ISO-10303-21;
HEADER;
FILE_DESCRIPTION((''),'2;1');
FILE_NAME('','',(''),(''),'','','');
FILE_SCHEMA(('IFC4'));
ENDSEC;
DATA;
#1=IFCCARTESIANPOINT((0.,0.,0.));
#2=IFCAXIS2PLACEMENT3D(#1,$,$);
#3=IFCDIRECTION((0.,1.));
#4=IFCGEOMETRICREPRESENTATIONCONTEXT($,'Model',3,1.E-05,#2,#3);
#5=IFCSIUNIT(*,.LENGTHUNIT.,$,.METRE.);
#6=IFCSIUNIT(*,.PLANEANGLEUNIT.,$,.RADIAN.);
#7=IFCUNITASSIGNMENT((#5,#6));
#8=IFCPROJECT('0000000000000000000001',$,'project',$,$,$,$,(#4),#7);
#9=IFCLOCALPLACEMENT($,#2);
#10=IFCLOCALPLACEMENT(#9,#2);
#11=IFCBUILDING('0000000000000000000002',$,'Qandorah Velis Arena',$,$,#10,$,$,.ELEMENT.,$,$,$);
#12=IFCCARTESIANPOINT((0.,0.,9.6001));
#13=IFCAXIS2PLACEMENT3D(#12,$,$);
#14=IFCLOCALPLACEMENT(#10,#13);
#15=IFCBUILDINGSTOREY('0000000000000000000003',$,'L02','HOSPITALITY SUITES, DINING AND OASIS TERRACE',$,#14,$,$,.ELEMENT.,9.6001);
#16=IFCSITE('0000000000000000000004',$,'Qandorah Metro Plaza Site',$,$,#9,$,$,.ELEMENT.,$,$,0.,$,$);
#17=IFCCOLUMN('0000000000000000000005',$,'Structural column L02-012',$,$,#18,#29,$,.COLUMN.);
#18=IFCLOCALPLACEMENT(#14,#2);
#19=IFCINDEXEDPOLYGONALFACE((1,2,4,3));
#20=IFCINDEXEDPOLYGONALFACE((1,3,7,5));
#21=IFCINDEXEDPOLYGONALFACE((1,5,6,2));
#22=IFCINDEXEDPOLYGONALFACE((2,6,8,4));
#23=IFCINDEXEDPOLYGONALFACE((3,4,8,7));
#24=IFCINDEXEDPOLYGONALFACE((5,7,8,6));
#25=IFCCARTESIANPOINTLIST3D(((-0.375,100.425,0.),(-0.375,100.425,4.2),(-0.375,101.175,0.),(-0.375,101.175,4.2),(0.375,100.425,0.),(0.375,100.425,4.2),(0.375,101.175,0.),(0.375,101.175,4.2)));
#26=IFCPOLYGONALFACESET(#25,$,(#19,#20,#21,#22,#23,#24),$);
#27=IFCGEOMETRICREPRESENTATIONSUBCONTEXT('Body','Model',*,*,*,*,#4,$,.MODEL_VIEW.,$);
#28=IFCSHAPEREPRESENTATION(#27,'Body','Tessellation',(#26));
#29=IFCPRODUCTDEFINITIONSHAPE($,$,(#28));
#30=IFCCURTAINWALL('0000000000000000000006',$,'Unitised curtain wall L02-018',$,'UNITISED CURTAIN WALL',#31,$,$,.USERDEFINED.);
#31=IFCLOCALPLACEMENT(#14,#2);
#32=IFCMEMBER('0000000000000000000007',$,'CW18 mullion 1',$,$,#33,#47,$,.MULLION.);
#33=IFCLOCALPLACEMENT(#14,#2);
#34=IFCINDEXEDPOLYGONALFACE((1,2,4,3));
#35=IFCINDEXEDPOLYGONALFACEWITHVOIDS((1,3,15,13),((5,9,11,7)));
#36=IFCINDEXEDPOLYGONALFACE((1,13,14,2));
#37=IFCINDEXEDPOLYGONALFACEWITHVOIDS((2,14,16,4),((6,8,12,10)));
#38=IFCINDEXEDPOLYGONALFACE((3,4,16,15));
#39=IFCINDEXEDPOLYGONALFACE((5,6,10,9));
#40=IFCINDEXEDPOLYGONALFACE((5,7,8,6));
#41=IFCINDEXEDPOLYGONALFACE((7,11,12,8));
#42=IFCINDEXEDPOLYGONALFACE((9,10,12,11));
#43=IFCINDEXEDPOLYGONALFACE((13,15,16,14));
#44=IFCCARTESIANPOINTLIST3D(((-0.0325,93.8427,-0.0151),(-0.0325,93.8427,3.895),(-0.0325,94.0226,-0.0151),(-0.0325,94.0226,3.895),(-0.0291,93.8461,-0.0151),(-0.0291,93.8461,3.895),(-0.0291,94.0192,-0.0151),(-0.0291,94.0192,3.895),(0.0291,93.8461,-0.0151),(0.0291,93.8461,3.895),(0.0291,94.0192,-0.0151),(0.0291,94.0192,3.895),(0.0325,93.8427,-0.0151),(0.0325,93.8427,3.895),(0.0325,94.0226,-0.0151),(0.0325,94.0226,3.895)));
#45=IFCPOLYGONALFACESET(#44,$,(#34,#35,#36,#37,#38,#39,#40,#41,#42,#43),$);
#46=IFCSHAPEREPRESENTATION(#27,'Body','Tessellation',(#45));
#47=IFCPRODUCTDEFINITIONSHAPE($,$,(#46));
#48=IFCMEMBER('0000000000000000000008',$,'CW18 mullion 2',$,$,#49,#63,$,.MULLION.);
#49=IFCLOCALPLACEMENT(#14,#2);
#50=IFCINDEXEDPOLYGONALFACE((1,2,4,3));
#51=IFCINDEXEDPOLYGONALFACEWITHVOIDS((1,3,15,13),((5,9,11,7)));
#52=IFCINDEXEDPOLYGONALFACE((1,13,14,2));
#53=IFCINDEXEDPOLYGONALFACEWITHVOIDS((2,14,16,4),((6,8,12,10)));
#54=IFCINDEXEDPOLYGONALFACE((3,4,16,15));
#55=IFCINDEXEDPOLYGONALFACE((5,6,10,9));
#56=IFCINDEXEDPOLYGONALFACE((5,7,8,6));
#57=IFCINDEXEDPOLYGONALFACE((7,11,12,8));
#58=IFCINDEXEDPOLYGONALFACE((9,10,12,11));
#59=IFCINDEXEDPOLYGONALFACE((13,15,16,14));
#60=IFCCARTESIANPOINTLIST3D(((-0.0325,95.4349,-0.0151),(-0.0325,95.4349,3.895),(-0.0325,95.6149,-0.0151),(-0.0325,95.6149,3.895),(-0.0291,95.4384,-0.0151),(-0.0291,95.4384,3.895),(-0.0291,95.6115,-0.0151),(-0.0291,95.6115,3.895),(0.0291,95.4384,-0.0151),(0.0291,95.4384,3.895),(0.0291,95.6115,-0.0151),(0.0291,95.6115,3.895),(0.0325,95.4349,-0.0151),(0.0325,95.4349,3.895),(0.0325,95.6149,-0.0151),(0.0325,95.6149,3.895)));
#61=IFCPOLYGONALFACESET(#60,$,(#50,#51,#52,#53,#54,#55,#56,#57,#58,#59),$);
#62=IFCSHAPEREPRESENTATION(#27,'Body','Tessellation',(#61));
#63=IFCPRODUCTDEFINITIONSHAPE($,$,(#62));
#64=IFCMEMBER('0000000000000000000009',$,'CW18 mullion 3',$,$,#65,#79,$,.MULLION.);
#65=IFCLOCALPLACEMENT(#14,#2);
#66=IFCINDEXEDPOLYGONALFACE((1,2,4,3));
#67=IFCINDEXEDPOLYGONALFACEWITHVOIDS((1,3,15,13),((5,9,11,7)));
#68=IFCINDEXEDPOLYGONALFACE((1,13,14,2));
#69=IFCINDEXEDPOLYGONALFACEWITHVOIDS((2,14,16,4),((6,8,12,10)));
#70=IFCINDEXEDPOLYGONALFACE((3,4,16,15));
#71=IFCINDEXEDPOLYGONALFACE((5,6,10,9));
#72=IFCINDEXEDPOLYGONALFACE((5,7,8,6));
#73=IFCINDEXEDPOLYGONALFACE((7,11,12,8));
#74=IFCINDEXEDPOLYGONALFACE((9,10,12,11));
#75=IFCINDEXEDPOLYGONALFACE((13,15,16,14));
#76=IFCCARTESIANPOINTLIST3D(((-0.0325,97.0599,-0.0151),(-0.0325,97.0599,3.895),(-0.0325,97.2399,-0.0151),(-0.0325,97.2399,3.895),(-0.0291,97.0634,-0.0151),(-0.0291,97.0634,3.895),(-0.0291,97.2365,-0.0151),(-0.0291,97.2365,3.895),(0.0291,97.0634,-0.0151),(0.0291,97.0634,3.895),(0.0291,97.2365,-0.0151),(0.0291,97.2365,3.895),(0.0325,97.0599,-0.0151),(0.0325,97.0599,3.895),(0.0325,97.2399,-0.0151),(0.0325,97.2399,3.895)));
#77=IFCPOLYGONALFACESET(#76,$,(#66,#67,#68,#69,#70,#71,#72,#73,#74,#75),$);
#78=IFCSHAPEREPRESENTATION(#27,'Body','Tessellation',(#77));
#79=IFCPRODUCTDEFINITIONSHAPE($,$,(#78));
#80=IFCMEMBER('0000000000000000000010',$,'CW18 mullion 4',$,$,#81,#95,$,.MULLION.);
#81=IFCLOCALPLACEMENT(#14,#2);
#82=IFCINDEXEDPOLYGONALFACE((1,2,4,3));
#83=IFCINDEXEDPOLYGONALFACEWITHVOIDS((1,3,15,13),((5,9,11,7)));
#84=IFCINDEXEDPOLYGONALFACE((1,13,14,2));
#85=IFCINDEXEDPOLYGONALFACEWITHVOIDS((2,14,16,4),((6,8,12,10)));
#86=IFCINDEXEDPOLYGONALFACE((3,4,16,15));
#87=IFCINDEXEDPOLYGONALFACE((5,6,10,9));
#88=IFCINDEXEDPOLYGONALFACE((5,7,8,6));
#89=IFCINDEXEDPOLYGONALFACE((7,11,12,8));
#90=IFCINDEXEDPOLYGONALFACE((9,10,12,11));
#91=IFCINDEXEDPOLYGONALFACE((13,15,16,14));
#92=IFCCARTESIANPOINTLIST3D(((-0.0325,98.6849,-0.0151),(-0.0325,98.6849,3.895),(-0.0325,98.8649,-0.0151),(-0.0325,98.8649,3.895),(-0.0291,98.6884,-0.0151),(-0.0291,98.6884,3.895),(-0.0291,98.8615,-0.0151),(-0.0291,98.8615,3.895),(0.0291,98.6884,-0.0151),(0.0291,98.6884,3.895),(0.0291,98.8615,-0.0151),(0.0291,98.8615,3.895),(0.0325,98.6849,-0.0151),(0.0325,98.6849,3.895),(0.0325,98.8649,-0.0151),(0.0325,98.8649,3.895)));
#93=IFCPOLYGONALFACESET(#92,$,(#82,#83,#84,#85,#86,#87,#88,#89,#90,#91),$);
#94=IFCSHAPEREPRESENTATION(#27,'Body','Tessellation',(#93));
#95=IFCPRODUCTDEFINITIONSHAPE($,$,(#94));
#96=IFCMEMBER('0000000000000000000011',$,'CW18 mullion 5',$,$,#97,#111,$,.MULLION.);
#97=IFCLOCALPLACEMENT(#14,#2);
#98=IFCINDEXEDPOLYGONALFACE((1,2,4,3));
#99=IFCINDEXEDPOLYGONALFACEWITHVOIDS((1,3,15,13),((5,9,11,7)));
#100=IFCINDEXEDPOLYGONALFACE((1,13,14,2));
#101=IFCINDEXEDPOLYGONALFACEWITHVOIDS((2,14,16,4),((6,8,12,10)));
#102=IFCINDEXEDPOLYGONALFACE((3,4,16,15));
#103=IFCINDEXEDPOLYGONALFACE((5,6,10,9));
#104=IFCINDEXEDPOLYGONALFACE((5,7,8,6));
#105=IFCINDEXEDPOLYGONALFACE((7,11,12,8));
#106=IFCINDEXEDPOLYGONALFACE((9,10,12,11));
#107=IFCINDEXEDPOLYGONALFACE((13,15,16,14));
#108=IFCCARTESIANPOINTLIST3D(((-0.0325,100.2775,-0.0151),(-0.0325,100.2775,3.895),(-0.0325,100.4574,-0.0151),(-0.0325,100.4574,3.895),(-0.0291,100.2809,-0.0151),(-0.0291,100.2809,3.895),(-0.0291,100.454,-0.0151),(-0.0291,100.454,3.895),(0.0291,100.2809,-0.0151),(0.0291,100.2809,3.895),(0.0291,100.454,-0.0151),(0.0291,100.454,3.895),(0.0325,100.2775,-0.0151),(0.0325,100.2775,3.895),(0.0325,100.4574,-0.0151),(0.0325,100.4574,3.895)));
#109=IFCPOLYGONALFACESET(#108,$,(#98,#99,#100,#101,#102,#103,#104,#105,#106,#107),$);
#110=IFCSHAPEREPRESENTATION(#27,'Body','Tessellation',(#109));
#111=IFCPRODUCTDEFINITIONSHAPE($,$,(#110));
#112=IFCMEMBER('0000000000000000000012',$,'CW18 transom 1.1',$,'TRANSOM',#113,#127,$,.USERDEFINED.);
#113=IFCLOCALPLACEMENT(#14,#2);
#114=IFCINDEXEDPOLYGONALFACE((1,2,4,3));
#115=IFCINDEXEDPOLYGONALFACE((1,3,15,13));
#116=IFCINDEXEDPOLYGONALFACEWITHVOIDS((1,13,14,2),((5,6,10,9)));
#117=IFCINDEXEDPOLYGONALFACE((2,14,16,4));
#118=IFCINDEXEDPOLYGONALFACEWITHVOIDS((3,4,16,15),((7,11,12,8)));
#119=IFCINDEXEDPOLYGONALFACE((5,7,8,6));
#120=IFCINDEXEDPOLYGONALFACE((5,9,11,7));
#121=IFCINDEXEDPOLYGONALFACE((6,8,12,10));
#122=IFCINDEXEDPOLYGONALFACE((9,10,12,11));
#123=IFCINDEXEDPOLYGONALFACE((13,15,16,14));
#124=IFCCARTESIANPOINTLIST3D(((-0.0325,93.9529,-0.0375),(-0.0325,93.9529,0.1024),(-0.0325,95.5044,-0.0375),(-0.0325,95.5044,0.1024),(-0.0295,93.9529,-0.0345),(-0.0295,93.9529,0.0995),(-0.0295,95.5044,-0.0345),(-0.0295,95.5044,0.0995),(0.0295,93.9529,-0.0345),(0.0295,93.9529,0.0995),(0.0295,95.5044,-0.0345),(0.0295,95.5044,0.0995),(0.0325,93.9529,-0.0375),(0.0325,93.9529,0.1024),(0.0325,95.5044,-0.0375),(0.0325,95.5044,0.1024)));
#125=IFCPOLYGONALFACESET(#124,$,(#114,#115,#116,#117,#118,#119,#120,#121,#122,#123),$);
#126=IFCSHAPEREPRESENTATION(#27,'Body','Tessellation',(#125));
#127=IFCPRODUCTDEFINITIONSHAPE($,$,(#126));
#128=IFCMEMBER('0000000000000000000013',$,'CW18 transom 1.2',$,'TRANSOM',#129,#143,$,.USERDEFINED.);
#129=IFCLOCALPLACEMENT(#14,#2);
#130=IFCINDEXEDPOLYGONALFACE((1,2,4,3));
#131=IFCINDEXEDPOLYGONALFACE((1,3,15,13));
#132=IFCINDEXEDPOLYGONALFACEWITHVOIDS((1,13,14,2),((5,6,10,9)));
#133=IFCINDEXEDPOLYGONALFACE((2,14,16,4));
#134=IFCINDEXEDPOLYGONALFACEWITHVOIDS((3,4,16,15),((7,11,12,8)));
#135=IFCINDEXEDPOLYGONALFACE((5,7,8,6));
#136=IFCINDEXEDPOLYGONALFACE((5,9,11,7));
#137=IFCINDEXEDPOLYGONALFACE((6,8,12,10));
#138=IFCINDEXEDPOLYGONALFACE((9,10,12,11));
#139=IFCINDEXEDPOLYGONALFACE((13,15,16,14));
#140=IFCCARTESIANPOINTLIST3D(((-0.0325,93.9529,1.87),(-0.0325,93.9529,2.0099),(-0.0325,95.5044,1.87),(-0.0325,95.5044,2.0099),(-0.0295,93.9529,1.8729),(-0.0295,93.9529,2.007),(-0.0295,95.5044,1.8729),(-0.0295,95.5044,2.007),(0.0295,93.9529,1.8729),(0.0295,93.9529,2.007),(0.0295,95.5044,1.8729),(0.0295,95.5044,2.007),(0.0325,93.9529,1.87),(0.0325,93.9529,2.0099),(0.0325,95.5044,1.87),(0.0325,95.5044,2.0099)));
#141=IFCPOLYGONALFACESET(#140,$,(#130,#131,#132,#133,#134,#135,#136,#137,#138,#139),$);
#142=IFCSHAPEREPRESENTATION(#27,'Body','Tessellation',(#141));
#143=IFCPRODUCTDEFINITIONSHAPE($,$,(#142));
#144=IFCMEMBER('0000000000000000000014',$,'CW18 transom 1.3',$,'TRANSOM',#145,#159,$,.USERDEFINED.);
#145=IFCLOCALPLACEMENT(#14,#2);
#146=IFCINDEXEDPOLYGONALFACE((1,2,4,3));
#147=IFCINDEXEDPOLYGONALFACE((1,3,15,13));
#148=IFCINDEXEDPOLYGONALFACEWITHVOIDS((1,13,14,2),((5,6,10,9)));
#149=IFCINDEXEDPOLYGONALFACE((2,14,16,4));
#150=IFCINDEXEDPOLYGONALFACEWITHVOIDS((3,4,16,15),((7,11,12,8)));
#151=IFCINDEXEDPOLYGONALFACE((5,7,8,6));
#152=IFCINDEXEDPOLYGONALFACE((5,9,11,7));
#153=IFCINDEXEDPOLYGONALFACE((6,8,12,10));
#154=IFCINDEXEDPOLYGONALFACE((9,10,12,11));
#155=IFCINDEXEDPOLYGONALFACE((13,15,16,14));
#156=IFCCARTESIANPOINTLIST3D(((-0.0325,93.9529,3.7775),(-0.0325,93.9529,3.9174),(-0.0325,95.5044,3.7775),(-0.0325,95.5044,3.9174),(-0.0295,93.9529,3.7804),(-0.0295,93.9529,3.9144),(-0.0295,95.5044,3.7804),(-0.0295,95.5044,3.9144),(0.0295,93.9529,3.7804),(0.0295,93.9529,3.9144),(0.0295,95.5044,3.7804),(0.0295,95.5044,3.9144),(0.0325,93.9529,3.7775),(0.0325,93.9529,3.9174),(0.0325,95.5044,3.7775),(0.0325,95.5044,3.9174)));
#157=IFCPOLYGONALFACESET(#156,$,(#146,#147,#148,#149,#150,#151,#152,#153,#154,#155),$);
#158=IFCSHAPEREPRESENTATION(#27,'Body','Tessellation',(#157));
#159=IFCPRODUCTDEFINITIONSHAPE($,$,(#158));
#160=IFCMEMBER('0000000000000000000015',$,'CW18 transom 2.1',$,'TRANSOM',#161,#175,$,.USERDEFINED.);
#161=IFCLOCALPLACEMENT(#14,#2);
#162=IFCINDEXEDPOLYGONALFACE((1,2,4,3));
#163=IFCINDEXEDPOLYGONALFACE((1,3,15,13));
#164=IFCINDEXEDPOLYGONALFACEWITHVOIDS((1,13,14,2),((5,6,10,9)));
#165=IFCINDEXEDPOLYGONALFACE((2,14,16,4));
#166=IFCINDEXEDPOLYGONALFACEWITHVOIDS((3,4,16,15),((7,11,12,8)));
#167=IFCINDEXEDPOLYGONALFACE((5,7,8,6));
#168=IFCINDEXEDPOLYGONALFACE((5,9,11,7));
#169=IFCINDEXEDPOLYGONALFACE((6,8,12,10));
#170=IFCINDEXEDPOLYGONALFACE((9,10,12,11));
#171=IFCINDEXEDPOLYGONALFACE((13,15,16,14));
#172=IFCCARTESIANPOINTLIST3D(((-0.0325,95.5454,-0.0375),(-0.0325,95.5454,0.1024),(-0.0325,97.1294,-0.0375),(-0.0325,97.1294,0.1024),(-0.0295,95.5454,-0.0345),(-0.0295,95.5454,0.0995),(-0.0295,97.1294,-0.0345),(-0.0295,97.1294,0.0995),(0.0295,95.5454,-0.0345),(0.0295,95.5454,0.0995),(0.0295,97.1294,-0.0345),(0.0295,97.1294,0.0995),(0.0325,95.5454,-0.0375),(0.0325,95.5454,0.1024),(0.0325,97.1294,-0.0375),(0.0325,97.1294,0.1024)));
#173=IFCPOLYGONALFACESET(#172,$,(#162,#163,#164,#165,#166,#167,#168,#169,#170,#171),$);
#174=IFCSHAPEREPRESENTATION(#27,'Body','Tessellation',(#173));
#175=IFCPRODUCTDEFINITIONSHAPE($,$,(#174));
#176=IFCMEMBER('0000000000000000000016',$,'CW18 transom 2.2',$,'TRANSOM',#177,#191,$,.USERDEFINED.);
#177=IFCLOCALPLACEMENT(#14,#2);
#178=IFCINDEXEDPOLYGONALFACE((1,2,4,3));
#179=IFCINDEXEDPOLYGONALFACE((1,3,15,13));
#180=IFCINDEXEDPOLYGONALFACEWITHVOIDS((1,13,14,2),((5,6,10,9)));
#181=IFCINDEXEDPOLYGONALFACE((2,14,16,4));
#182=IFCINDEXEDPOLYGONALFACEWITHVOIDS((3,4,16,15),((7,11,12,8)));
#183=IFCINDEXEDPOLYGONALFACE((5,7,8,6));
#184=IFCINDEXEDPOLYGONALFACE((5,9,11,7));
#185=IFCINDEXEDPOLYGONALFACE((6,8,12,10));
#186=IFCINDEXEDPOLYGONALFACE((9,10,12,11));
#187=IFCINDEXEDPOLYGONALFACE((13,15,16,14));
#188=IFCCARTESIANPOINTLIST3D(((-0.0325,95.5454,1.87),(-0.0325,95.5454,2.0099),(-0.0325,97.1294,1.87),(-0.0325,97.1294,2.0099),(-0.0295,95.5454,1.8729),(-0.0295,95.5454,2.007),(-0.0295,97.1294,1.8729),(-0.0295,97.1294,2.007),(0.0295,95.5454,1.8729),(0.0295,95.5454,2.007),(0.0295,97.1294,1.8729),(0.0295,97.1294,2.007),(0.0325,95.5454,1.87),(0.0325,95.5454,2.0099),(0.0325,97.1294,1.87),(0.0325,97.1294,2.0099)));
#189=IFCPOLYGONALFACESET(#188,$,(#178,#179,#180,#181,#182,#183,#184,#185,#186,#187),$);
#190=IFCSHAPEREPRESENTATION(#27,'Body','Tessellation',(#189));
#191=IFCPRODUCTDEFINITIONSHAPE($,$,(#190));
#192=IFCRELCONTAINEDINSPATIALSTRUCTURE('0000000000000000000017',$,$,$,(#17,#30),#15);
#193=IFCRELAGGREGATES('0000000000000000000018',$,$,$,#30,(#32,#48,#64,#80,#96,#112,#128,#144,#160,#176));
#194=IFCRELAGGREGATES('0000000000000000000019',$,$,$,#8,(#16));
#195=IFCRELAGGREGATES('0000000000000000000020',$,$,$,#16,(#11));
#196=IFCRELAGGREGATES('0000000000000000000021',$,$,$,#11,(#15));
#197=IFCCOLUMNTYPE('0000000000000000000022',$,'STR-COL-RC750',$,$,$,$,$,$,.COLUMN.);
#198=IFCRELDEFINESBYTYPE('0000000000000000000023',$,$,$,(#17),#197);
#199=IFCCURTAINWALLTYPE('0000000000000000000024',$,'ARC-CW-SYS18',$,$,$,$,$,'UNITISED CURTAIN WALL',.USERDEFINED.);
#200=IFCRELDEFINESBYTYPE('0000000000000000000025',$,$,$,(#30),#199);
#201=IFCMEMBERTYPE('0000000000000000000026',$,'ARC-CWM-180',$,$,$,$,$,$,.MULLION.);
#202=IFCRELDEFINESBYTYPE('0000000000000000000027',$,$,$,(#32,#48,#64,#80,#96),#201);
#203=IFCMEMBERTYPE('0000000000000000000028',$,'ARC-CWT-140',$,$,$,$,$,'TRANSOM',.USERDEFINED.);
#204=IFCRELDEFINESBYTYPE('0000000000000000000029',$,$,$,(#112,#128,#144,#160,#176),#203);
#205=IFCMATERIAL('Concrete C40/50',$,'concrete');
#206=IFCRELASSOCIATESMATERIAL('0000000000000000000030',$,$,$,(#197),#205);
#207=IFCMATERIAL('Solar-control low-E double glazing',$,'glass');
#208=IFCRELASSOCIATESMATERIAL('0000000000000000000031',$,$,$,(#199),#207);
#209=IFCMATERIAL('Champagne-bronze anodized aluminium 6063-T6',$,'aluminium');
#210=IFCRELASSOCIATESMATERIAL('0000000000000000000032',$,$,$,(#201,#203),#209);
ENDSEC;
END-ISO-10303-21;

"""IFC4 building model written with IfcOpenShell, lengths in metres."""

from ifc_helpers import new_model, si_unit, direction, frame, origin, origin_2d, place, context, subcontext, project, spatial, rectangle, hollow_rectangle, extrude, material, material_profile, profile_set, type_object, element, aggregate, save


model = new_model("IFC4")

# Units and contexts
model_context = context("Model", 3, precision=1e-05, world=origin(), true_north=direction((0.0, 1.0)))
body_context = subcontext(model_context, "Body", "Model", "MODEL_VIEW")
ifc_project = project(units=[si_unit("LENGTHUNIT", "METRE"), si_unit("PLANEANGLEUNIT", "RADIAN")], contexts=[model_context])

# Site, building, storey
site_placement = place(None, origin())
site = spatial("IfcSite", under=ifc_project, at=site_placement, Name="Qandorah Metro Plaza Site", CompositionType="ELEMENT", RefElevation=0.0)
building_placement = place(site_placement, origin())
building = spatial("IfcBuilding", under=site, at=building_placement, Name="Qandorah Velis Arena", CompositionType="ELEMENT")
storey_placement = place(building_placement, frame((0.0, 0.0, 9.6001)))
storey = spatial("IfcBuildingStorey", under=building, at=storey_placement, Name="L02", Description="HOSPITALITY SUITES, DINING AND OASIS TERRACE", CompositionType="ELEMENT", Elevation=9.6001)

# Column
ifc_material_1 = material(Name="Concrete C40/50", Category="concrete")
ifc_material_profile_1 = material_profile(ifc_material_1, rectangle(XDim=0.75, YDim=0.75, at=origin_2d()), Name="RC COL 750x750")
ifc_profile_set_1 = profile_set([ifc_material_profile_1], Name="Concrete C40/50")
column_type = type_object("IfcColumnType", Name="STR-COL-RC750", PredefinedType="COLUMN", material=ifc_profile_set_1)
column_placement = place(storey_placement, frame((0.0, 100.8, 0.0), z_axis=(0.0, 0.0, 1.0), x_axis=(1.0, 0.0, 0.0)))
element("IfcColumn", 1, at=column_placement, inside=storey, type_object=column_type, Name="Structural column L02-012", PredefinedType="COLUMN", context=body_context, shape_type="SweptSolid", body=[
    extrude(rectangle(XDim=0.75, YDim=0.75, at=origin_2d()), origin(), (0.0, 0.0, 1.0), 4.2),
])

# Curtain wall, members
ifc_material_2 = material(Name="Solar-control low-E double glazing", Category="glass")
curtain_wall_type = type_object("IfcCurtainWallType", Name="ARC-CW-SYS18", ElementType="UNITISED CURTAIN WALL", PredefinedType="USERDEFINED", material=ifc_material_2)
curtain_wall_placement = place(storey_placement, origin())
curtain_wall = element("IfcCurtainWall", 2, at=curtain_wall_placement, inside=storey, type_object=curtain_wall_type, Name="Unitised curtain wall L02-018", ObjectType="UNITISED CURTAIN WALL", PredefinedType="USERDEFINED")
ifc_material_3 = material(Name="Champagne-bronze anodized aluminium 6063-T6", Category="aluminium")
ifc_material_profile_2 = material_profile(ifc_material_3, hollow_rectangle(XDim=0.0649, YDim=0.1799, WallThickness=0.0034, at=origin_2d()), Name="ALU MULLION 65x180")
ifc_profile_set_2 = profile_set([ifc_material_profile_2], Name="Champagne-bronze anodized aluminium 6063-T6")
member_type_1 = type_object("IfcMemberType", Name="ARC-CWM-180", PredefinedType="MULLION", material=ifc_profile_set_2)
member_1_placement = place(storey_placement, frame((0.0, 93.9326, -0.0151), z_axis=(0.0, 0.0, 1.0), x_axis=(-1.0, 0.0, 0.0)))
member_1 = element("IfcMember", 3, at=member_1_placement, type_object=member_type_1, Name="CW18 mullion 1", PredefinedType="MULLION", context=body_context, shape_type="SweptSolid", body=[
    extrude(hollow_rectangle(XDim=0.0649, YDim=0.1799, WallThickness=0.0034, at=origin_2d()), origin(), (0.0, 0.0, 1.0), 3.9102),
])
member_2_placement = place(storey_placement, frame((0.0, 95.5249, -0.0151), z_axis=(0.0, 0.0, 1.0), x_axis=(-1.0, 0.0, 0.0)))
member_2 = element("IfcMember", 4, at=member_2_placement, type_object=member_type_1, Name="CW18 mullion 2", PredefinedType="MULLION", context=body_context, shape_type="SweptSolid", body=[
    extrude(hollow_rectangle(XDim=0.0649, YDim=0.1799, WallThickness=0.0034, at=origin_2d()), origin(), (0.0, 0.0, 1.0), 3.9102),
])
member_3_placement = place(storey_placement, frame((0.0, 97.1499, -0.0151), z_axis=(0.0, 0.0, 1.0), x_axis=(-1.0, 0.0, 0.0)))
member_3 = element("IfcMember", 5, at=member_3_placement, type_object=member_type_1, Name="CW18 mullion 3", PredefinedType="MULLION", context=body_context, shape_type="SweptSolid", body=[
    extrude(hollow_rectangle(XDim=0.0649, YDim=0.1799, WallThickness=0.0034, at=origin_2d()), origin(), (0.0, 0.0, 1.0), 3.9102),
])
member_4_placement = place(storey_placement, frame((0.0, 98.7749, -0.0151), z_axis=(0.0, 0.0, 1.0), x_axis=(-1.0, 0.0, 0.0)))
member_4 = element("IfcMember", 6, at=member_4_placement, type_object=member_type_1, Name="CW18 mullion 4", PredefinedType="MULLION", context=body_context, shape_type="SweptSolid", body=[
    extrude(hollow_rectangle(XDim=0.0649, YDim=0.1799, WallThickness=0.0034, at=origin_2d()), origin(), (0.0, 0.0, 1.0), 3.9102),
])
member_5_placement = place(storey_placement, frame((0.0, 100.3674, -0.0151), z_axis=(0.0, 0.0, 1.0), x_axis=(-1.0, 0.0, 0.0)))
member_5 = element("IfcMember", 7, at=member_5_placement, type_object=member_type_1, Name="CW18 mullion 5", PredefinedType="MULLION", context=body_context, shape_type="SweptSolid", body=[
    extrude(hollow_rectangle(XDim=0.0649, YDim=0.1799, WallThickness=0.0034, at=origin_2d()), origin(), (0.0, 0.0, 1.0), 3.9102),
])
ifc_material_profile_3 = material_profile(ifc_material_3, hollow_rectangle(XDim=0.0649, YDim=0.1399, WallThickness=0.0029, at=origin_2d()), Name="ALU TRANSOM 65x140")
ifc_profile_set_3 = profile_set([ifc_material_profile_3], Name="Champagne-bronze anodized aluminium 6063-T6")
member_type_2 = type_object("IfcMemberType", Name="ARC-CWT-140", ElementType="TRANSOM", PredefinedType="USERDEFINED", material=ifc_profile_set_3)
member_6_placement = place(storey_placement, frame((0.0, 93.9529, 0.0325), z_axis=(0.0, 1.0, 0.0), x_axis=(-1.0, 0.0, 0.0)))
member_6 = element("IfcMember", 8, at=member_6_placement, type_object=member_type_2, Name="CW18 transom 1.1", ObjectType="TRANSOM", PredefinedType="USERDEFINED", context=body_context, shape_type="SweptSolid", body=[
    extrude(hollow_rectangle(XDim=0.0649, YDim=0.1399, WallThickness=0.0029, at=origin_2d()), origin(), (0.0, 0.0, 1.0), 1.5515),
])
member_7_placement = place(storey_placement, frame((0.0, 93.9529, 1.9399), z_axis=(0.0, 1.0, 0.0), x_axis=(-1.0, 0.0, 0.0)))
member_7 = element("IfcMember", 9, at=member_7_placement, type_object=member_type_2, Name="CW18 transom 1.2", ObjectType="TRANSOM", PredefinedType="USERDEFINED", context=body_context, shape_type="SweptSolid", body=[
    extrude(hollow_rectangle(XDim=0.0649, YDim=0.1399, WallThickness=0.0029, at=origin_2d()), origin(), (0.0, 0.0, 1.0), 1.5515),
])
member_8_placement = place(storey_placement, frame((0.0, 93.9529, 3.8474), z_axis=(0.0, 1.0, 0.0), x_axis=(-1.0, 0.0, 0.0)))
member_8 = element("IfcMember", 10, at=member_8_placement, type_object=member_type_2, Name="CW18 transom 1.3", ObjectType="TRANSOM", PredefinedType="USERDEFINED", context=body_context, shape_type="SweptSolid", body=[
    extrude(hollow_rectangle(XDim=0.0649, YDim=0.1399, WallThickness=0.0029, at=origin_2d()), origin(), (0.0, 0.0, 1.0), 1.5515),
])
member_9_placement = place(storey_placement, frame((0.0, 95.5454, 0.0325), z_axis=(0.0, 1.0, 0.0), x_axis=(-1.0, 0.0, 0.0)))
member_9 = element("IfcMember", 11, at=member_9_placement, type_object=member_type_2, Name="CW18 transom 2.1", ObjectType="TRANSOM", PredefinedType="USERDEFINED", context=body_context, shape_type="SweptSolid", body=[
    extrude(hollow_rectangle(XDim=0.0649, YDim=0.1399, WallThickness=0.0029, at=origin_2d()), origin(), (0.0, 0.0, 1.0), 1.584),
])
member_10_placement = place(storey_placement, frame((0.0, 95.5454, 1.9399), z_axis=(0.0, 1.0, 0.0), x_axis=(-1.0, 0.0, 0.0)))
member_10 = element("IfcMember", 12, at=member_10_placement, type_object=member_type_2, Name="CW18 transom 2.2", ObjectType="TRANSOM", PredefinedType="USERDEFINED", context=body_context, shape_type="SweptSolid", body=[
    extrude(hollow_rectangle(XDim=0.0649, YDim=0.1399, WallThickness=0.0029, at=origin_2d()), origin(), (0.0, 0.0, 1.0), 1.584),
])

aggregate(curtain_wall, [member_1, member_2, member_3, member_4, member_5, member_6, member_7, member_8, member_9, member_10])

save(model, "model.ifc")
